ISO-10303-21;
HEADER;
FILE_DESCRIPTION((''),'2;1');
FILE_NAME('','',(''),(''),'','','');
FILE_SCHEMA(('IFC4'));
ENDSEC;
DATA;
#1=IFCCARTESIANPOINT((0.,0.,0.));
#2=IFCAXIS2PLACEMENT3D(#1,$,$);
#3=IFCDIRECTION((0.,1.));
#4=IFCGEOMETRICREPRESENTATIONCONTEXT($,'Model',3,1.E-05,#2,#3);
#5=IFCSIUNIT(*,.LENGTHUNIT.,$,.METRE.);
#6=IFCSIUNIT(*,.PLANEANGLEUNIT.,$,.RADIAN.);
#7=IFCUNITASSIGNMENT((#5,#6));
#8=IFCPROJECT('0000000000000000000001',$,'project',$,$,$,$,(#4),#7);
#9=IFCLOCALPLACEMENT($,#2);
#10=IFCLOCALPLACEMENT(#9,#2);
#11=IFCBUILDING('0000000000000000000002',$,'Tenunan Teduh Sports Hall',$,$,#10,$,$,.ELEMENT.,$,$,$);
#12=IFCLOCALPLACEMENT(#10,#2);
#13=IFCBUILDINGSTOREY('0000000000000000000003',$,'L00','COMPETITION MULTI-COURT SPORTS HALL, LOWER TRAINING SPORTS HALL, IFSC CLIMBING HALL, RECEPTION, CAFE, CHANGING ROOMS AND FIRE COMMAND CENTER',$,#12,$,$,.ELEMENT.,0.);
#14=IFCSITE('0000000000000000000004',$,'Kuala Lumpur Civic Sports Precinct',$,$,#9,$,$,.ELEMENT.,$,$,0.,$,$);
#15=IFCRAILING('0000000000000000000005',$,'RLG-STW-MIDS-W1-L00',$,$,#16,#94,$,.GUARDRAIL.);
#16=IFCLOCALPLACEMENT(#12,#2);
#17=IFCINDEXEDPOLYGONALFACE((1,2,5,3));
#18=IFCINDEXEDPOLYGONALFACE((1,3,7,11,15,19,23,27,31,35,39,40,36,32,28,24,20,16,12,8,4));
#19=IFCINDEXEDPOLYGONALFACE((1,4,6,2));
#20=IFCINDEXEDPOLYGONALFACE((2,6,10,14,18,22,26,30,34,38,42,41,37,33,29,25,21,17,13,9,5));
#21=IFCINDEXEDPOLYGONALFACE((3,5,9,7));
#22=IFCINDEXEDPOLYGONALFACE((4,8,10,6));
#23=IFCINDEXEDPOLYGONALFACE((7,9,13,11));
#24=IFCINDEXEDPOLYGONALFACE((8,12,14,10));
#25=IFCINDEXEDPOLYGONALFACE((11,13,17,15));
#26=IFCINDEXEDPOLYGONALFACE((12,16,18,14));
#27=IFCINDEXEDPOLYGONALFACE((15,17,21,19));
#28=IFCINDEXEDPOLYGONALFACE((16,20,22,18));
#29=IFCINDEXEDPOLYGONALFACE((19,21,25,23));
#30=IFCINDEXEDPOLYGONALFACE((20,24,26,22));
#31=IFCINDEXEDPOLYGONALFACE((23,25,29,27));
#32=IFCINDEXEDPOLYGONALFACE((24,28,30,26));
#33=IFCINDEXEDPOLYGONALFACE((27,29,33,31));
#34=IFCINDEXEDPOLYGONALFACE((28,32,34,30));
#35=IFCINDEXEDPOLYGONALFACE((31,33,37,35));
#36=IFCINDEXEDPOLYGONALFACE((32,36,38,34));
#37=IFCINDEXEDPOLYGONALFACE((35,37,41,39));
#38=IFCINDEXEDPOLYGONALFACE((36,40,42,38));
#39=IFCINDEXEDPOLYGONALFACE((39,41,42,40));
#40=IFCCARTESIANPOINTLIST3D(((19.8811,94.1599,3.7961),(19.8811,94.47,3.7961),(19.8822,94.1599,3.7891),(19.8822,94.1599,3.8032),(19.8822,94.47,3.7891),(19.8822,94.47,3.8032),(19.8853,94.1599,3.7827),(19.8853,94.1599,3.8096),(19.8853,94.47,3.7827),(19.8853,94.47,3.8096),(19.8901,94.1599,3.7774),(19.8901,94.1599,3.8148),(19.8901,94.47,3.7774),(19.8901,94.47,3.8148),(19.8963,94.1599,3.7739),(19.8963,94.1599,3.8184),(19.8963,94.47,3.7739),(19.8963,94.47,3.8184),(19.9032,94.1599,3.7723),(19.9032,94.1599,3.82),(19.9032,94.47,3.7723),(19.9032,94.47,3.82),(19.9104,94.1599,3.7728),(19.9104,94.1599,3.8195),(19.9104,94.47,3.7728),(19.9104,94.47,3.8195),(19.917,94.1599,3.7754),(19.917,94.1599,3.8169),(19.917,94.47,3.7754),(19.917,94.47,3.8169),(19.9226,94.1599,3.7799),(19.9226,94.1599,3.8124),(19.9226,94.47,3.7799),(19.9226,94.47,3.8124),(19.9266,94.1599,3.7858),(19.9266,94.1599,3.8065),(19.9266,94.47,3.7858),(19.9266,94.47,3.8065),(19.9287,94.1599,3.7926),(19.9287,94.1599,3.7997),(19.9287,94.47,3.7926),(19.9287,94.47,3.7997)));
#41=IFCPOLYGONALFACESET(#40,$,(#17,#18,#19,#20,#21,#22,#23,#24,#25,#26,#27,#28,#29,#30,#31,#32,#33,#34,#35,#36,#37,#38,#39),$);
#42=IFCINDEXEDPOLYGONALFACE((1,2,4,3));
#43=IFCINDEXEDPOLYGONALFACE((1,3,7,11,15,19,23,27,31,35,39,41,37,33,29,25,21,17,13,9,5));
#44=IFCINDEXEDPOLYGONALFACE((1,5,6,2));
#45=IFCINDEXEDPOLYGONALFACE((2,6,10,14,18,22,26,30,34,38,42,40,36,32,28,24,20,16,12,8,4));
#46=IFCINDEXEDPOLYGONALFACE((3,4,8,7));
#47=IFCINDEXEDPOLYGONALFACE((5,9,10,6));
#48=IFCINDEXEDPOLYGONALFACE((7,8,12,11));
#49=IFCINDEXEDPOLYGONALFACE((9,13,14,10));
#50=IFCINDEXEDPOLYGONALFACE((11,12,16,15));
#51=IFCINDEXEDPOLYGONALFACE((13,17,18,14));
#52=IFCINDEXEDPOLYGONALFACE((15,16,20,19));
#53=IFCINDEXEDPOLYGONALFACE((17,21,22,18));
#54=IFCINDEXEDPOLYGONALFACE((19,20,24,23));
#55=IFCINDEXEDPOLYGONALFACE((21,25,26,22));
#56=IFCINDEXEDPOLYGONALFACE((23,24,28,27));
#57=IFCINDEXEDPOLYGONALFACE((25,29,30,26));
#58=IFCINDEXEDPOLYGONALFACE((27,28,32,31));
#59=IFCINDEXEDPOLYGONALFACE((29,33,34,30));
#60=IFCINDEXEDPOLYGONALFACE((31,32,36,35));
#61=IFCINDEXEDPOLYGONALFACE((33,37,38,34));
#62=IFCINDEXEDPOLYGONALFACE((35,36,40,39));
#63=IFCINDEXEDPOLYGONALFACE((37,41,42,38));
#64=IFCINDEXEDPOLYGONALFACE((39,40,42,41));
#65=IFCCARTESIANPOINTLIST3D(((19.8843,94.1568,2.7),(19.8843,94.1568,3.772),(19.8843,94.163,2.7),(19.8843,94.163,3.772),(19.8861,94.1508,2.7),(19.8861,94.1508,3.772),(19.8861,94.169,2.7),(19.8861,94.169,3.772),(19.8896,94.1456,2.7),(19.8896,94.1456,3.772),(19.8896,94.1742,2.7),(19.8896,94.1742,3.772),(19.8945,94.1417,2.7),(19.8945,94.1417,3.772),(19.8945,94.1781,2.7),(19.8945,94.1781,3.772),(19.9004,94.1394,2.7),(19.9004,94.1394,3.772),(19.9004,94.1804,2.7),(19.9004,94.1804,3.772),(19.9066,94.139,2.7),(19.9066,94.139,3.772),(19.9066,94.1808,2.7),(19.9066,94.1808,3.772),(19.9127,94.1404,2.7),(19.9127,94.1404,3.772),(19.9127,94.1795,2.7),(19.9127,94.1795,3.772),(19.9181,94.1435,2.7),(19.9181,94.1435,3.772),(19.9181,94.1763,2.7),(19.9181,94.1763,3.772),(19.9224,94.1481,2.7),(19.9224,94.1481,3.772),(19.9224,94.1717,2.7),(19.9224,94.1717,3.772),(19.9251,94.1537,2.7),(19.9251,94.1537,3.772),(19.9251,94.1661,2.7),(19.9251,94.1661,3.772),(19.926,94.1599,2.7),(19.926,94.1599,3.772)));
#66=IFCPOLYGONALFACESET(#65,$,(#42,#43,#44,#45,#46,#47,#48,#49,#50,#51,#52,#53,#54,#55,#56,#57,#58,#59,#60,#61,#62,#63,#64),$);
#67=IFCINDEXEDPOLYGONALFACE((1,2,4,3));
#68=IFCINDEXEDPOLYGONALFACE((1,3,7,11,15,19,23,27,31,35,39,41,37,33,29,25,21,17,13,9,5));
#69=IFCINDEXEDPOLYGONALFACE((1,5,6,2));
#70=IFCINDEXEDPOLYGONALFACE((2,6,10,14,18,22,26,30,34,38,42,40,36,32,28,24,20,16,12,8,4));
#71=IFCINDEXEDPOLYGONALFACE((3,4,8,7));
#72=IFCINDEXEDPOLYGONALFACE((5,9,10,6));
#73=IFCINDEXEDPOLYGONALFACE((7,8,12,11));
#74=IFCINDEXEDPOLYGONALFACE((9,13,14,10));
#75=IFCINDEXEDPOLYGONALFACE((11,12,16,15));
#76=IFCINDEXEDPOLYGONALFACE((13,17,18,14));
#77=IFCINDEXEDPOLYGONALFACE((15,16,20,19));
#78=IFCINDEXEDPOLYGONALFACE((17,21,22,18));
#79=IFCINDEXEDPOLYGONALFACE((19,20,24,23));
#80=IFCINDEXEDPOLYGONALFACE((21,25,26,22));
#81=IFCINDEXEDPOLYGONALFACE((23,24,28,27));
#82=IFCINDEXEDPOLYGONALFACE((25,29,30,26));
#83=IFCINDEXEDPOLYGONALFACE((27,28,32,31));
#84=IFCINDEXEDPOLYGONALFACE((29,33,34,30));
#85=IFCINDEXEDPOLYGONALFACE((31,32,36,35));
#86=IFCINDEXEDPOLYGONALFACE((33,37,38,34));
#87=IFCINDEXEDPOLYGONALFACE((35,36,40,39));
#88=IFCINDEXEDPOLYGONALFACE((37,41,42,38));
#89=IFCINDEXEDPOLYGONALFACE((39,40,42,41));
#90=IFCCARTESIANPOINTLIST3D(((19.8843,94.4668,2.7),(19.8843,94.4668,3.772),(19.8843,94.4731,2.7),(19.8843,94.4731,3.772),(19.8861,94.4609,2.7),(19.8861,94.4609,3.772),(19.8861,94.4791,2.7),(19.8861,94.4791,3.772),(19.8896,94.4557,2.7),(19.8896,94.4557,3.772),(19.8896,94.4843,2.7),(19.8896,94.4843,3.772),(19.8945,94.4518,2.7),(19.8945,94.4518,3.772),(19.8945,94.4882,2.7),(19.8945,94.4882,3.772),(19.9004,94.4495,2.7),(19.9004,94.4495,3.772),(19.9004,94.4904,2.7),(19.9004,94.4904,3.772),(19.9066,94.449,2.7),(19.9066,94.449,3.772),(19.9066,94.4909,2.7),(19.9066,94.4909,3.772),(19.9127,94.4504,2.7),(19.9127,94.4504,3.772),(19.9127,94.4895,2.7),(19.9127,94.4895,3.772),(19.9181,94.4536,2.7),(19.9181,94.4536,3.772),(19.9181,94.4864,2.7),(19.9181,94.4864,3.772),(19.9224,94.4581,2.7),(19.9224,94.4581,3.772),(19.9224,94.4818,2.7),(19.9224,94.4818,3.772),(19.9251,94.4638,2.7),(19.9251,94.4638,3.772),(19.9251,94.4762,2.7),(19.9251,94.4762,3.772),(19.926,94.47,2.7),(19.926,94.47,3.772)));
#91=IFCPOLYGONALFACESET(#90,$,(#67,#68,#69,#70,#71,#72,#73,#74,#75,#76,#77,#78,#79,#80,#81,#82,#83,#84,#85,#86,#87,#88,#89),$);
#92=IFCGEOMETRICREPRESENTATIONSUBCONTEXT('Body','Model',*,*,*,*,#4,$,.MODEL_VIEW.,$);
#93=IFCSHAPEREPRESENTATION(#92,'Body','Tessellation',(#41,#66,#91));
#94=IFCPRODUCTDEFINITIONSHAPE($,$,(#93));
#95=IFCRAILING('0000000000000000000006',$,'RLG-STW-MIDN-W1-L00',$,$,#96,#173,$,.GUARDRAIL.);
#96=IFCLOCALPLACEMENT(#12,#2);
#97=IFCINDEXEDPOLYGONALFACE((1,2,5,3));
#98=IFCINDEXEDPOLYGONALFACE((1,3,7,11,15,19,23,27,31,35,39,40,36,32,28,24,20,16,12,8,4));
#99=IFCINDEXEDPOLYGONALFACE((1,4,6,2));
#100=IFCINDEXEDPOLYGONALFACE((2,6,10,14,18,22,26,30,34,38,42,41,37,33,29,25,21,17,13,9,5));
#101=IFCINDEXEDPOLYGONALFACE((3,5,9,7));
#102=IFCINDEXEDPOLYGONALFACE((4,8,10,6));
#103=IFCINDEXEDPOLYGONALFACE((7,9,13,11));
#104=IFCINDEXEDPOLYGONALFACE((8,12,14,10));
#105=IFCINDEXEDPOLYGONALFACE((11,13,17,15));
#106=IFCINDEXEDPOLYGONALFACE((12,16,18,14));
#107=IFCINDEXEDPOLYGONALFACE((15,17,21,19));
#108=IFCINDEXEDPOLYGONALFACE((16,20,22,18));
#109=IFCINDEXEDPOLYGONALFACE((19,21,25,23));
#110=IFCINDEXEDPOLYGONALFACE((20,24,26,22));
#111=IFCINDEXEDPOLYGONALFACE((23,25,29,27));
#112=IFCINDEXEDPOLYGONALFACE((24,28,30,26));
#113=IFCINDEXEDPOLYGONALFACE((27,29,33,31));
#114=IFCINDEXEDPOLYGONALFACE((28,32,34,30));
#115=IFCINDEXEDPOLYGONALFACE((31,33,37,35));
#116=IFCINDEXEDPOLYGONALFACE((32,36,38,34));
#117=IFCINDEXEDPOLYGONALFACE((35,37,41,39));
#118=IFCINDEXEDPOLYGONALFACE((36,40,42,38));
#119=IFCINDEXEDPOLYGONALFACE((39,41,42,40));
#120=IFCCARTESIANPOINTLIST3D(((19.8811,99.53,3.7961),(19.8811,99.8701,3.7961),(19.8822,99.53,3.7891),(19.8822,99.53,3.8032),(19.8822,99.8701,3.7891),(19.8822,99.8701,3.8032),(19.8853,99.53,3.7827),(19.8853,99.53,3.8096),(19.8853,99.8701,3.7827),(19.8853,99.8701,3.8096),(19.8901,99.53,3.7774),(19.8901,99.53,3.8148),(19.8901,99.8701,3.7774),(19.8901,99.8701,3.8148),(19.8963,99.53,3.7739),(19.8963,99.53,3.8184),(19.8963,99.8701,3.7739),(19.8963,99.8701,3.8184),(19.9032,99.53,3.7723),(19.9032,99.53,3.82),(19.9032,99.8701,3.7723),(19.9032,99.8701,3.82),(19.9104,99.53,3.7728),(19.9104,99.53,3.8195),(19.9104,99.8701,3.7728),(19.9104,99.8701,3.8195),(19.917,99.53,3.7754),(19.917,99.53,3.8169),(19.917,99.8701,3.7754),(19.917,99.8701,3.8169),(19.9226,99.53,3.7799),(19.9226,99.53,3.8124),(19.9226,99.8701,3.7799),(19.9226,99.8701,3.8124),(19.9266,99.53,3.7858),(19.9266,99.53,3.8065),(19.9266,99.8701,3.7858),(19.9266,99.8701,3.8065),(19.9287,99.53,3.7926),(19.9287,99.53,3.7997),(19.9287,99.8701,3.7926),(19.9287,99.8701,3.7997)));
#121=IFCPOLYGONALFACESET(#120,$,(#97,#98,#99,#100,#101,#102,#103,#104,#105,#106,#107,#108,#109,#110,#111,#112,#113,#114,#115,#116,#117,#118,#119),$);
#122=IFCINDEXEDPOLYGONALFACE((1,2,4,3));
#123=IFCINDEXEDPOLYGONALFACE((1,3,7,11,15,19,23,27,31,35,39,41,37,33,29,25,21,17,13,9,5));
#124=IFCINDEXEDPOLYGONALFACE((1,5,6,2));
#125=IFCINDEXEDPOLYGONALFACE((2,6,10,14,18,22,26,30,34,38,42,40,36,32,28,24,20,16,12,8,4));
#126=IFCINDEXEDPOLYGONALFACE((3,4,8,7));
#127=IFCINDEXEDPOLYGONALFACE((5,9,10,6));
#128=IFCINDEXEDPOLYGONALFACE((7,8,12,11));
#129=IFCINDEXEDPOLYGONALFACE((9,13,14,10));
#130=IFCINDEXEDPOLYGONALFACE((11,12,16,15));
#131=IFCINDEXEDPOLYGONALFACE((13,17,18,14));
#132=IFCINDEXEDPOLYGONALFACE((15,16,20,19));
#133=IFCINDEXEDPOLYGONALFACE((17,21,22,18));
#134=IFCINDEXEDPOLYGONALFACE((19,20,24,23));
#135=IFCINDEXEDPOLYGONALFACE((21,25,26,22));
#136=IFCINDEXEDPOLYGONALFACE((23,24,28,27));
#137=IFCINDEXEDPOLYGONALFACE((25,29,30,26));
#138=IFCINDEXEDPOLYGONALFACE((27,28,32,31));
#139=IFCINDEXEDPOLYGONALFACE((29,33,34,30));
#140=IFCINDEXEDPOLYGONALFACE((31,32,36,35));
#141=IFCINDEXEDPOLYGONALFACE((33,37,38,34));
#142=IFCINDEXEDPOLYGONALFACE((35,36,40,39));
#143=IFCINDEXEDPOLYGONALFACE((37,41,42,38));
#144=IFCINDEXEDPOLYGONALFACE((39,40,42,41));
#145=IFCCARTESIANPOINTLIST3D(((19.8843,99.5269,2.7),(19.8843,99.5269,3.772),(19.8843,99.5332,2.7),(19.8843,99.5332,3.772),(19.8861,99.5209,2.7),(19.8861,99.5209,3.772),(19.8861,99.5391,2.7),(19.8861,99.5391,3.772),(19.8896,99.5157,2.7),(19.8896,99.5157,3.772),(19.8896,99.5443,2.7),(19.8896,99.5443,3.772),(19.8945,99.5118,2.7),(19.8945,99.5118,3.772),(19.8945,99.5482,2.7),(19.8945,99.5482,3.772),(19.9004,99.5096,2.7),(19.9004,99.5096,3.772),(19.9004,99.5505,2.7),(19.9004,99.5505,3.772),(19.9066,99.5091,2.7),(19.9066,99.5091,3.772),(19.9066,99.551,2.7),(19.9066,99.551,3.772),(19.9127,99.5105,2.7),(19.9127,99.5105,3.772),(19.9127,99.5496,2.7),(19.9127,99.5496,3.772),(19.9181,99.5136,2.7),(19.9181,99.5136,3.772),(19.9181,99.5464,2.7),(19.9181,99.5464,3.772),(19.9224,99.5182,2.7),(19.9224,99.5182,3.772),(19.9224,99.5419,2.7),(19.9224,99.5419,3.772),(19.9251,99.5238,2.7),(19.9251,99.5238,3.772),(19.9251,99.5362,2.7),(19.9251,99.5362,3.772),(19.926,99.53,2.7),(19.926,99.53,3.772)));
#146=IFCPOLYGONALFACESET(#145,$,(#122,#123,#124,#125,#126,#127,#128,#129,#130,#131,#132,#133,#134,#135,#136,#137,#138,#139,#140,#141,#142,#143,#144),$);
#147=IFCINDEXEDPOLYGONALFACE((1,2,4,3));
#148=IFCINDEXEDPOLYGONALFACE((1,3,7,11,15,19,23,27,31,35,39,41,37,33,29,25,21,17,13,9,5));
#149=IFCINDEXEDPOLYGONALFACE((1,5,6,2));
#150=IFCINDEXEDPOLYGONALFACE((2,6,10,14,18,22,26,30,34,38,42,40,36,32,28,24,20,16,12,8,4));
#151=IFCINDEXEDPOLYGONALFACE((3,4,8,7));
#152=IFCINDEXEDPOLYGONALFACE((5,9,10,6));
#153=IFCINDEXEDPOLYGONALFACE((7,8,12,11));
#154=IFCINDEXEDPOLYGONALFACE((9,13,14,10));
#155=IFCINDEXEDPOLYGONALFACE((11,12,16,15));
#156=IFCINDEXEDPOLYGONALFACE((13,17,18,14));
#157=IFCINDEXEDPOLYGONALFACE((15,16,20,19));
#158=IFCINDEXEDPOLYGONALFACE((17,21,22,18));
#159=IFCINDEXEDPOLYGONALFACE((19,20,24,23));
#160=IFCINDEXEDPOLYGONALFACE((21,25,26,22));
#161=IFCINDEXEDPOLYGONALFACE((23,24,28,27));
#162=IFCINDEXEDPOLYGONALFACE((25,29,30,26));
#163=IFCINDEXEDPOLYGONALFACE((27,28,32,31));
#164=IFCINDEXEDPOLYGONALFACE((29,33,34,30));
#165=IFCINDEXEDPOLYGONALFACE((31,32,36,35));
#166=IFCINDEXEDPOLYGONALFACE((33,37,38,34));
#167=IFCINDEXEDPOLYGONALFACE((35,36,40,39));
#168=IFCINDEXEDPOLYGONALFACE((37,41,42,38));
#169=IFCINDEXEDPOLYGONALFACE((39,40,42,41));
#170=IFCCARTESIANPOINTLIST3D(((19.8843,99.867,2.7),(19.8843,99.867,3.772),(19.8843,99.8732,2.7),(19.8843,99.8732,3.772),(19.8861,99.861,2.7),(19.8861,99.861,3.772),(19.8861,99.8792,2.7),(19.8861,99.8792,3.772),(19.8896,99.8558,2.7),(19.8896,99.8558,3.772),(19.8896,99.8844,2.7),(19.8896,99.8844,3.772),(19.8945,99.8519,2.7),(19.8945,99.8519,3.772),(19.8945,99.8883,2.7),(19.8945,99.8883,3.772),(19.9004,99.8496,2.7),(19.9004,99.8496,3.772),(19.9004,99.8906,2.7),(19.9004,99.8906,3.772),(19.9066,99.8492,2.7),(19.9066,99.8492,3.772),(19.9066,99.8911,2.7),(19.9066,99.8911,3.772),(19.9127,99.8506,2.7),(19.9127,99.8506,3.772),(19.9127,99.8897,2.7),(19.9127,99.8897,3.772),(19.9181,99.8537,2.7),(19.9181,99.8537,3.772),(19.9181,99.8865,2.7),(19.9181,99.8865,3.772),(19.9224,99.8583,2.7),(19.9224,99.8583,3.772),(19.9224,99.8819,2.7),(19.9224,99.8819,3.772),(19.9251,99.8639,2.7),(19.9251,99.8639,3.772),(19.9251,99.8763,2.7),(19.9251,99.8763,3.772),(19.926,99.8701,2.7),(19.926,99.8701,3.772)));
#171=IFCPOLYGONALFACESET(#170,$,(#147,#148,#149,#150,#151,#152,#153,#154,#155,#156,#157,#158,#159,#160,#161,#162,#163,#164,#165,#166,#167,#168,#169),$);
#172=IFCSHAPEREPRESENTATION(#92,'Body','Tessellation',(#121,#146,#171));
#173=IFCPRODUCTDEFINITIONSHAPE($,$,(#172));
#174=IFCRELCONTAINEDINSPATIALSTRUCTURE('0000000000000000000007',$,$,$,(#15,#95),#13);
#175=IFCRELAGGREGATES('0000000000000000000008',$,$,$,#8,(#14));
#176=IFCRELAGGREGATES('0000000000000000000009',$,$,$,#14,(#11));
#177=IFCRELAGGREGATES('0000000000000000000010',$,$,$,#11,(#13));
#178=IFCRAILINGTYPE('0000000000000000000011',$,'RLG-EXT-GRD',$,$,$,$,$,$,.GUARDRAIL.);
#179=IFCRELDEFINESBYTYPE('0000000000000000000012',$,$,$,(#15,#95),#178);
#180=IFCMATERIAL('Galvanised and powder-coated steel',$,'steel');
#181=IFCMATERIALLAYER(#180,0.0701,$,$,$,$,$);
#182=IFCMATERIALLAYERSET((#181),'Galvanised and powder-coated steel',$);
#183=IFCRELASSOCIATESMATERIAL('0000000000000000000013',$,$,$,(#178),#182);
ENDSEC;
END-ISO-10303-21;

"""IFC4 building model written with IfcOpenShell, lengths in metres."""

from ifc_helpers import new_model, si_unit, direction, frame, origin, origin_2d, place, context, subcontext, project, spatial, circle, extrude, material, layer, layer_set, type_object, element, save


model = new_model("IFC4")

# Units and contexts
model_context = context("Model", 3, precision=1e-05, world=origin(), true_north=direction((0.0, 1.0)))
body_context = subcontext(model_context, "Body", "Model", "MODEL_VIEW")
ifc_project = project(units=[si_unit("LENGTHUNIT", "METRE"), si_unit("PLANEANGLEUNIT", "RADIAN")], contexts=[model_context])

# Site, building, storey
site_placement = place(None, origin())
site = spatial("IfcSite", under=ifc_project, at=site_placement, Name="Kuala Lumpur Civic Sports Precinct", CompositionType="ELEMENT", RefElevation=0.0)
building_placement = place(site_placement, origin())
building = spatial("IfcBuilding", under=site, at=building_placement, Name="Tenunan Teduh Sports Hall", CompositionType="ELEMENT")
storey_placement = place(building_placement, origin())
storey = spatial("IfcBuildingStorey", under=building, at=storey_placement, Name="L00", Description="COMPETITION MULTI-COURT SPORTS HALL, LOWER TRAINING SPORTS HALL, IFSC CLIMBING HALL, RECEPTION, CAFE, CHANGING ROOMS AND FIRE COMMAND CENTER", CompositionType="ELEMENT", Elevation=0.0)

# Railings
ifc_material_1 = material(Name="Galvanised and powder-coated steel", Category="steel")
ifc_layer_1 = layer(ifc_material_1, 0.0701)
ifc_layer_set_1 = layer_set([ifc_layer_1], Name="Galvanised and powder-coated steel")
railing_type_1 = type_object("IfcRailingType", Name="RLG-EXT-GRD", PredefinedType="GUARDRAIL", material=ifc_layer_set_1)
railing_1_placement = place(storey_placement, frame((19.905, 94.1599, 2.7)))
element("IfcRailing", 1, at=railing_1_placement, inside=storey, type_object=railing_type_1, Name="RLG-STW-MIDS-W1-L00", PredefinedType="GUARDRAIL", context=body_context, shape_type="SweptSolid", body=[
    extrude(circle(Radius=0.0239, at=origin_2d()), frame((0.0, 0.0, 1.0962), z_axis=(0.0, 1.0, 0.0), x_axis=(-1.0, 0.0, 0.0)), (0.0, 0.0, 1.0), 0.3101),
    extrude(circle(Radius=0.021, at=origin_2d()), origin(), (0.0, 0.0, 1.0), 1.072),
    extrude(circle(Radius=0.021, at=origin_2d()), frame((0.0, 0.3101, 0.0)), (0.0, 0.0, 1.0), 1.072),
])
railing_2_placement = place(storey_placement, frame((19.905, 99.53, 2.7)))
element("IfcRailing", 2, at=railing_2_placement, inside=storey, type_object=railing_type_1, Name="RLG-STW-MIDN-W1-L00", PredefinedType="GUARDRAIL", context=body_context, shape_type="SweptSolid", body=[
    extrude(circle(Radius=0.0239, at=origin_2d()), frame((0.0, 0.0, 1.0962), z_axis=(0.0, 1.0, 0.0), x_axis=(-1.0, 0.0, 0.0)), (0.0, 0.0, 1.0), 0.3401),
    extrude(circle(Radius=0.021, at=origin_2d()), origin(), (0.0, 0.0, 1.0), 1.072),
    extrude(circle(Radius=0.021, at=origin_2d()), frame((0.0, 0.3401, 0.0)), (0.0, 0.0, 1.0), 1.072),
])

save(model, "model.ifc")
